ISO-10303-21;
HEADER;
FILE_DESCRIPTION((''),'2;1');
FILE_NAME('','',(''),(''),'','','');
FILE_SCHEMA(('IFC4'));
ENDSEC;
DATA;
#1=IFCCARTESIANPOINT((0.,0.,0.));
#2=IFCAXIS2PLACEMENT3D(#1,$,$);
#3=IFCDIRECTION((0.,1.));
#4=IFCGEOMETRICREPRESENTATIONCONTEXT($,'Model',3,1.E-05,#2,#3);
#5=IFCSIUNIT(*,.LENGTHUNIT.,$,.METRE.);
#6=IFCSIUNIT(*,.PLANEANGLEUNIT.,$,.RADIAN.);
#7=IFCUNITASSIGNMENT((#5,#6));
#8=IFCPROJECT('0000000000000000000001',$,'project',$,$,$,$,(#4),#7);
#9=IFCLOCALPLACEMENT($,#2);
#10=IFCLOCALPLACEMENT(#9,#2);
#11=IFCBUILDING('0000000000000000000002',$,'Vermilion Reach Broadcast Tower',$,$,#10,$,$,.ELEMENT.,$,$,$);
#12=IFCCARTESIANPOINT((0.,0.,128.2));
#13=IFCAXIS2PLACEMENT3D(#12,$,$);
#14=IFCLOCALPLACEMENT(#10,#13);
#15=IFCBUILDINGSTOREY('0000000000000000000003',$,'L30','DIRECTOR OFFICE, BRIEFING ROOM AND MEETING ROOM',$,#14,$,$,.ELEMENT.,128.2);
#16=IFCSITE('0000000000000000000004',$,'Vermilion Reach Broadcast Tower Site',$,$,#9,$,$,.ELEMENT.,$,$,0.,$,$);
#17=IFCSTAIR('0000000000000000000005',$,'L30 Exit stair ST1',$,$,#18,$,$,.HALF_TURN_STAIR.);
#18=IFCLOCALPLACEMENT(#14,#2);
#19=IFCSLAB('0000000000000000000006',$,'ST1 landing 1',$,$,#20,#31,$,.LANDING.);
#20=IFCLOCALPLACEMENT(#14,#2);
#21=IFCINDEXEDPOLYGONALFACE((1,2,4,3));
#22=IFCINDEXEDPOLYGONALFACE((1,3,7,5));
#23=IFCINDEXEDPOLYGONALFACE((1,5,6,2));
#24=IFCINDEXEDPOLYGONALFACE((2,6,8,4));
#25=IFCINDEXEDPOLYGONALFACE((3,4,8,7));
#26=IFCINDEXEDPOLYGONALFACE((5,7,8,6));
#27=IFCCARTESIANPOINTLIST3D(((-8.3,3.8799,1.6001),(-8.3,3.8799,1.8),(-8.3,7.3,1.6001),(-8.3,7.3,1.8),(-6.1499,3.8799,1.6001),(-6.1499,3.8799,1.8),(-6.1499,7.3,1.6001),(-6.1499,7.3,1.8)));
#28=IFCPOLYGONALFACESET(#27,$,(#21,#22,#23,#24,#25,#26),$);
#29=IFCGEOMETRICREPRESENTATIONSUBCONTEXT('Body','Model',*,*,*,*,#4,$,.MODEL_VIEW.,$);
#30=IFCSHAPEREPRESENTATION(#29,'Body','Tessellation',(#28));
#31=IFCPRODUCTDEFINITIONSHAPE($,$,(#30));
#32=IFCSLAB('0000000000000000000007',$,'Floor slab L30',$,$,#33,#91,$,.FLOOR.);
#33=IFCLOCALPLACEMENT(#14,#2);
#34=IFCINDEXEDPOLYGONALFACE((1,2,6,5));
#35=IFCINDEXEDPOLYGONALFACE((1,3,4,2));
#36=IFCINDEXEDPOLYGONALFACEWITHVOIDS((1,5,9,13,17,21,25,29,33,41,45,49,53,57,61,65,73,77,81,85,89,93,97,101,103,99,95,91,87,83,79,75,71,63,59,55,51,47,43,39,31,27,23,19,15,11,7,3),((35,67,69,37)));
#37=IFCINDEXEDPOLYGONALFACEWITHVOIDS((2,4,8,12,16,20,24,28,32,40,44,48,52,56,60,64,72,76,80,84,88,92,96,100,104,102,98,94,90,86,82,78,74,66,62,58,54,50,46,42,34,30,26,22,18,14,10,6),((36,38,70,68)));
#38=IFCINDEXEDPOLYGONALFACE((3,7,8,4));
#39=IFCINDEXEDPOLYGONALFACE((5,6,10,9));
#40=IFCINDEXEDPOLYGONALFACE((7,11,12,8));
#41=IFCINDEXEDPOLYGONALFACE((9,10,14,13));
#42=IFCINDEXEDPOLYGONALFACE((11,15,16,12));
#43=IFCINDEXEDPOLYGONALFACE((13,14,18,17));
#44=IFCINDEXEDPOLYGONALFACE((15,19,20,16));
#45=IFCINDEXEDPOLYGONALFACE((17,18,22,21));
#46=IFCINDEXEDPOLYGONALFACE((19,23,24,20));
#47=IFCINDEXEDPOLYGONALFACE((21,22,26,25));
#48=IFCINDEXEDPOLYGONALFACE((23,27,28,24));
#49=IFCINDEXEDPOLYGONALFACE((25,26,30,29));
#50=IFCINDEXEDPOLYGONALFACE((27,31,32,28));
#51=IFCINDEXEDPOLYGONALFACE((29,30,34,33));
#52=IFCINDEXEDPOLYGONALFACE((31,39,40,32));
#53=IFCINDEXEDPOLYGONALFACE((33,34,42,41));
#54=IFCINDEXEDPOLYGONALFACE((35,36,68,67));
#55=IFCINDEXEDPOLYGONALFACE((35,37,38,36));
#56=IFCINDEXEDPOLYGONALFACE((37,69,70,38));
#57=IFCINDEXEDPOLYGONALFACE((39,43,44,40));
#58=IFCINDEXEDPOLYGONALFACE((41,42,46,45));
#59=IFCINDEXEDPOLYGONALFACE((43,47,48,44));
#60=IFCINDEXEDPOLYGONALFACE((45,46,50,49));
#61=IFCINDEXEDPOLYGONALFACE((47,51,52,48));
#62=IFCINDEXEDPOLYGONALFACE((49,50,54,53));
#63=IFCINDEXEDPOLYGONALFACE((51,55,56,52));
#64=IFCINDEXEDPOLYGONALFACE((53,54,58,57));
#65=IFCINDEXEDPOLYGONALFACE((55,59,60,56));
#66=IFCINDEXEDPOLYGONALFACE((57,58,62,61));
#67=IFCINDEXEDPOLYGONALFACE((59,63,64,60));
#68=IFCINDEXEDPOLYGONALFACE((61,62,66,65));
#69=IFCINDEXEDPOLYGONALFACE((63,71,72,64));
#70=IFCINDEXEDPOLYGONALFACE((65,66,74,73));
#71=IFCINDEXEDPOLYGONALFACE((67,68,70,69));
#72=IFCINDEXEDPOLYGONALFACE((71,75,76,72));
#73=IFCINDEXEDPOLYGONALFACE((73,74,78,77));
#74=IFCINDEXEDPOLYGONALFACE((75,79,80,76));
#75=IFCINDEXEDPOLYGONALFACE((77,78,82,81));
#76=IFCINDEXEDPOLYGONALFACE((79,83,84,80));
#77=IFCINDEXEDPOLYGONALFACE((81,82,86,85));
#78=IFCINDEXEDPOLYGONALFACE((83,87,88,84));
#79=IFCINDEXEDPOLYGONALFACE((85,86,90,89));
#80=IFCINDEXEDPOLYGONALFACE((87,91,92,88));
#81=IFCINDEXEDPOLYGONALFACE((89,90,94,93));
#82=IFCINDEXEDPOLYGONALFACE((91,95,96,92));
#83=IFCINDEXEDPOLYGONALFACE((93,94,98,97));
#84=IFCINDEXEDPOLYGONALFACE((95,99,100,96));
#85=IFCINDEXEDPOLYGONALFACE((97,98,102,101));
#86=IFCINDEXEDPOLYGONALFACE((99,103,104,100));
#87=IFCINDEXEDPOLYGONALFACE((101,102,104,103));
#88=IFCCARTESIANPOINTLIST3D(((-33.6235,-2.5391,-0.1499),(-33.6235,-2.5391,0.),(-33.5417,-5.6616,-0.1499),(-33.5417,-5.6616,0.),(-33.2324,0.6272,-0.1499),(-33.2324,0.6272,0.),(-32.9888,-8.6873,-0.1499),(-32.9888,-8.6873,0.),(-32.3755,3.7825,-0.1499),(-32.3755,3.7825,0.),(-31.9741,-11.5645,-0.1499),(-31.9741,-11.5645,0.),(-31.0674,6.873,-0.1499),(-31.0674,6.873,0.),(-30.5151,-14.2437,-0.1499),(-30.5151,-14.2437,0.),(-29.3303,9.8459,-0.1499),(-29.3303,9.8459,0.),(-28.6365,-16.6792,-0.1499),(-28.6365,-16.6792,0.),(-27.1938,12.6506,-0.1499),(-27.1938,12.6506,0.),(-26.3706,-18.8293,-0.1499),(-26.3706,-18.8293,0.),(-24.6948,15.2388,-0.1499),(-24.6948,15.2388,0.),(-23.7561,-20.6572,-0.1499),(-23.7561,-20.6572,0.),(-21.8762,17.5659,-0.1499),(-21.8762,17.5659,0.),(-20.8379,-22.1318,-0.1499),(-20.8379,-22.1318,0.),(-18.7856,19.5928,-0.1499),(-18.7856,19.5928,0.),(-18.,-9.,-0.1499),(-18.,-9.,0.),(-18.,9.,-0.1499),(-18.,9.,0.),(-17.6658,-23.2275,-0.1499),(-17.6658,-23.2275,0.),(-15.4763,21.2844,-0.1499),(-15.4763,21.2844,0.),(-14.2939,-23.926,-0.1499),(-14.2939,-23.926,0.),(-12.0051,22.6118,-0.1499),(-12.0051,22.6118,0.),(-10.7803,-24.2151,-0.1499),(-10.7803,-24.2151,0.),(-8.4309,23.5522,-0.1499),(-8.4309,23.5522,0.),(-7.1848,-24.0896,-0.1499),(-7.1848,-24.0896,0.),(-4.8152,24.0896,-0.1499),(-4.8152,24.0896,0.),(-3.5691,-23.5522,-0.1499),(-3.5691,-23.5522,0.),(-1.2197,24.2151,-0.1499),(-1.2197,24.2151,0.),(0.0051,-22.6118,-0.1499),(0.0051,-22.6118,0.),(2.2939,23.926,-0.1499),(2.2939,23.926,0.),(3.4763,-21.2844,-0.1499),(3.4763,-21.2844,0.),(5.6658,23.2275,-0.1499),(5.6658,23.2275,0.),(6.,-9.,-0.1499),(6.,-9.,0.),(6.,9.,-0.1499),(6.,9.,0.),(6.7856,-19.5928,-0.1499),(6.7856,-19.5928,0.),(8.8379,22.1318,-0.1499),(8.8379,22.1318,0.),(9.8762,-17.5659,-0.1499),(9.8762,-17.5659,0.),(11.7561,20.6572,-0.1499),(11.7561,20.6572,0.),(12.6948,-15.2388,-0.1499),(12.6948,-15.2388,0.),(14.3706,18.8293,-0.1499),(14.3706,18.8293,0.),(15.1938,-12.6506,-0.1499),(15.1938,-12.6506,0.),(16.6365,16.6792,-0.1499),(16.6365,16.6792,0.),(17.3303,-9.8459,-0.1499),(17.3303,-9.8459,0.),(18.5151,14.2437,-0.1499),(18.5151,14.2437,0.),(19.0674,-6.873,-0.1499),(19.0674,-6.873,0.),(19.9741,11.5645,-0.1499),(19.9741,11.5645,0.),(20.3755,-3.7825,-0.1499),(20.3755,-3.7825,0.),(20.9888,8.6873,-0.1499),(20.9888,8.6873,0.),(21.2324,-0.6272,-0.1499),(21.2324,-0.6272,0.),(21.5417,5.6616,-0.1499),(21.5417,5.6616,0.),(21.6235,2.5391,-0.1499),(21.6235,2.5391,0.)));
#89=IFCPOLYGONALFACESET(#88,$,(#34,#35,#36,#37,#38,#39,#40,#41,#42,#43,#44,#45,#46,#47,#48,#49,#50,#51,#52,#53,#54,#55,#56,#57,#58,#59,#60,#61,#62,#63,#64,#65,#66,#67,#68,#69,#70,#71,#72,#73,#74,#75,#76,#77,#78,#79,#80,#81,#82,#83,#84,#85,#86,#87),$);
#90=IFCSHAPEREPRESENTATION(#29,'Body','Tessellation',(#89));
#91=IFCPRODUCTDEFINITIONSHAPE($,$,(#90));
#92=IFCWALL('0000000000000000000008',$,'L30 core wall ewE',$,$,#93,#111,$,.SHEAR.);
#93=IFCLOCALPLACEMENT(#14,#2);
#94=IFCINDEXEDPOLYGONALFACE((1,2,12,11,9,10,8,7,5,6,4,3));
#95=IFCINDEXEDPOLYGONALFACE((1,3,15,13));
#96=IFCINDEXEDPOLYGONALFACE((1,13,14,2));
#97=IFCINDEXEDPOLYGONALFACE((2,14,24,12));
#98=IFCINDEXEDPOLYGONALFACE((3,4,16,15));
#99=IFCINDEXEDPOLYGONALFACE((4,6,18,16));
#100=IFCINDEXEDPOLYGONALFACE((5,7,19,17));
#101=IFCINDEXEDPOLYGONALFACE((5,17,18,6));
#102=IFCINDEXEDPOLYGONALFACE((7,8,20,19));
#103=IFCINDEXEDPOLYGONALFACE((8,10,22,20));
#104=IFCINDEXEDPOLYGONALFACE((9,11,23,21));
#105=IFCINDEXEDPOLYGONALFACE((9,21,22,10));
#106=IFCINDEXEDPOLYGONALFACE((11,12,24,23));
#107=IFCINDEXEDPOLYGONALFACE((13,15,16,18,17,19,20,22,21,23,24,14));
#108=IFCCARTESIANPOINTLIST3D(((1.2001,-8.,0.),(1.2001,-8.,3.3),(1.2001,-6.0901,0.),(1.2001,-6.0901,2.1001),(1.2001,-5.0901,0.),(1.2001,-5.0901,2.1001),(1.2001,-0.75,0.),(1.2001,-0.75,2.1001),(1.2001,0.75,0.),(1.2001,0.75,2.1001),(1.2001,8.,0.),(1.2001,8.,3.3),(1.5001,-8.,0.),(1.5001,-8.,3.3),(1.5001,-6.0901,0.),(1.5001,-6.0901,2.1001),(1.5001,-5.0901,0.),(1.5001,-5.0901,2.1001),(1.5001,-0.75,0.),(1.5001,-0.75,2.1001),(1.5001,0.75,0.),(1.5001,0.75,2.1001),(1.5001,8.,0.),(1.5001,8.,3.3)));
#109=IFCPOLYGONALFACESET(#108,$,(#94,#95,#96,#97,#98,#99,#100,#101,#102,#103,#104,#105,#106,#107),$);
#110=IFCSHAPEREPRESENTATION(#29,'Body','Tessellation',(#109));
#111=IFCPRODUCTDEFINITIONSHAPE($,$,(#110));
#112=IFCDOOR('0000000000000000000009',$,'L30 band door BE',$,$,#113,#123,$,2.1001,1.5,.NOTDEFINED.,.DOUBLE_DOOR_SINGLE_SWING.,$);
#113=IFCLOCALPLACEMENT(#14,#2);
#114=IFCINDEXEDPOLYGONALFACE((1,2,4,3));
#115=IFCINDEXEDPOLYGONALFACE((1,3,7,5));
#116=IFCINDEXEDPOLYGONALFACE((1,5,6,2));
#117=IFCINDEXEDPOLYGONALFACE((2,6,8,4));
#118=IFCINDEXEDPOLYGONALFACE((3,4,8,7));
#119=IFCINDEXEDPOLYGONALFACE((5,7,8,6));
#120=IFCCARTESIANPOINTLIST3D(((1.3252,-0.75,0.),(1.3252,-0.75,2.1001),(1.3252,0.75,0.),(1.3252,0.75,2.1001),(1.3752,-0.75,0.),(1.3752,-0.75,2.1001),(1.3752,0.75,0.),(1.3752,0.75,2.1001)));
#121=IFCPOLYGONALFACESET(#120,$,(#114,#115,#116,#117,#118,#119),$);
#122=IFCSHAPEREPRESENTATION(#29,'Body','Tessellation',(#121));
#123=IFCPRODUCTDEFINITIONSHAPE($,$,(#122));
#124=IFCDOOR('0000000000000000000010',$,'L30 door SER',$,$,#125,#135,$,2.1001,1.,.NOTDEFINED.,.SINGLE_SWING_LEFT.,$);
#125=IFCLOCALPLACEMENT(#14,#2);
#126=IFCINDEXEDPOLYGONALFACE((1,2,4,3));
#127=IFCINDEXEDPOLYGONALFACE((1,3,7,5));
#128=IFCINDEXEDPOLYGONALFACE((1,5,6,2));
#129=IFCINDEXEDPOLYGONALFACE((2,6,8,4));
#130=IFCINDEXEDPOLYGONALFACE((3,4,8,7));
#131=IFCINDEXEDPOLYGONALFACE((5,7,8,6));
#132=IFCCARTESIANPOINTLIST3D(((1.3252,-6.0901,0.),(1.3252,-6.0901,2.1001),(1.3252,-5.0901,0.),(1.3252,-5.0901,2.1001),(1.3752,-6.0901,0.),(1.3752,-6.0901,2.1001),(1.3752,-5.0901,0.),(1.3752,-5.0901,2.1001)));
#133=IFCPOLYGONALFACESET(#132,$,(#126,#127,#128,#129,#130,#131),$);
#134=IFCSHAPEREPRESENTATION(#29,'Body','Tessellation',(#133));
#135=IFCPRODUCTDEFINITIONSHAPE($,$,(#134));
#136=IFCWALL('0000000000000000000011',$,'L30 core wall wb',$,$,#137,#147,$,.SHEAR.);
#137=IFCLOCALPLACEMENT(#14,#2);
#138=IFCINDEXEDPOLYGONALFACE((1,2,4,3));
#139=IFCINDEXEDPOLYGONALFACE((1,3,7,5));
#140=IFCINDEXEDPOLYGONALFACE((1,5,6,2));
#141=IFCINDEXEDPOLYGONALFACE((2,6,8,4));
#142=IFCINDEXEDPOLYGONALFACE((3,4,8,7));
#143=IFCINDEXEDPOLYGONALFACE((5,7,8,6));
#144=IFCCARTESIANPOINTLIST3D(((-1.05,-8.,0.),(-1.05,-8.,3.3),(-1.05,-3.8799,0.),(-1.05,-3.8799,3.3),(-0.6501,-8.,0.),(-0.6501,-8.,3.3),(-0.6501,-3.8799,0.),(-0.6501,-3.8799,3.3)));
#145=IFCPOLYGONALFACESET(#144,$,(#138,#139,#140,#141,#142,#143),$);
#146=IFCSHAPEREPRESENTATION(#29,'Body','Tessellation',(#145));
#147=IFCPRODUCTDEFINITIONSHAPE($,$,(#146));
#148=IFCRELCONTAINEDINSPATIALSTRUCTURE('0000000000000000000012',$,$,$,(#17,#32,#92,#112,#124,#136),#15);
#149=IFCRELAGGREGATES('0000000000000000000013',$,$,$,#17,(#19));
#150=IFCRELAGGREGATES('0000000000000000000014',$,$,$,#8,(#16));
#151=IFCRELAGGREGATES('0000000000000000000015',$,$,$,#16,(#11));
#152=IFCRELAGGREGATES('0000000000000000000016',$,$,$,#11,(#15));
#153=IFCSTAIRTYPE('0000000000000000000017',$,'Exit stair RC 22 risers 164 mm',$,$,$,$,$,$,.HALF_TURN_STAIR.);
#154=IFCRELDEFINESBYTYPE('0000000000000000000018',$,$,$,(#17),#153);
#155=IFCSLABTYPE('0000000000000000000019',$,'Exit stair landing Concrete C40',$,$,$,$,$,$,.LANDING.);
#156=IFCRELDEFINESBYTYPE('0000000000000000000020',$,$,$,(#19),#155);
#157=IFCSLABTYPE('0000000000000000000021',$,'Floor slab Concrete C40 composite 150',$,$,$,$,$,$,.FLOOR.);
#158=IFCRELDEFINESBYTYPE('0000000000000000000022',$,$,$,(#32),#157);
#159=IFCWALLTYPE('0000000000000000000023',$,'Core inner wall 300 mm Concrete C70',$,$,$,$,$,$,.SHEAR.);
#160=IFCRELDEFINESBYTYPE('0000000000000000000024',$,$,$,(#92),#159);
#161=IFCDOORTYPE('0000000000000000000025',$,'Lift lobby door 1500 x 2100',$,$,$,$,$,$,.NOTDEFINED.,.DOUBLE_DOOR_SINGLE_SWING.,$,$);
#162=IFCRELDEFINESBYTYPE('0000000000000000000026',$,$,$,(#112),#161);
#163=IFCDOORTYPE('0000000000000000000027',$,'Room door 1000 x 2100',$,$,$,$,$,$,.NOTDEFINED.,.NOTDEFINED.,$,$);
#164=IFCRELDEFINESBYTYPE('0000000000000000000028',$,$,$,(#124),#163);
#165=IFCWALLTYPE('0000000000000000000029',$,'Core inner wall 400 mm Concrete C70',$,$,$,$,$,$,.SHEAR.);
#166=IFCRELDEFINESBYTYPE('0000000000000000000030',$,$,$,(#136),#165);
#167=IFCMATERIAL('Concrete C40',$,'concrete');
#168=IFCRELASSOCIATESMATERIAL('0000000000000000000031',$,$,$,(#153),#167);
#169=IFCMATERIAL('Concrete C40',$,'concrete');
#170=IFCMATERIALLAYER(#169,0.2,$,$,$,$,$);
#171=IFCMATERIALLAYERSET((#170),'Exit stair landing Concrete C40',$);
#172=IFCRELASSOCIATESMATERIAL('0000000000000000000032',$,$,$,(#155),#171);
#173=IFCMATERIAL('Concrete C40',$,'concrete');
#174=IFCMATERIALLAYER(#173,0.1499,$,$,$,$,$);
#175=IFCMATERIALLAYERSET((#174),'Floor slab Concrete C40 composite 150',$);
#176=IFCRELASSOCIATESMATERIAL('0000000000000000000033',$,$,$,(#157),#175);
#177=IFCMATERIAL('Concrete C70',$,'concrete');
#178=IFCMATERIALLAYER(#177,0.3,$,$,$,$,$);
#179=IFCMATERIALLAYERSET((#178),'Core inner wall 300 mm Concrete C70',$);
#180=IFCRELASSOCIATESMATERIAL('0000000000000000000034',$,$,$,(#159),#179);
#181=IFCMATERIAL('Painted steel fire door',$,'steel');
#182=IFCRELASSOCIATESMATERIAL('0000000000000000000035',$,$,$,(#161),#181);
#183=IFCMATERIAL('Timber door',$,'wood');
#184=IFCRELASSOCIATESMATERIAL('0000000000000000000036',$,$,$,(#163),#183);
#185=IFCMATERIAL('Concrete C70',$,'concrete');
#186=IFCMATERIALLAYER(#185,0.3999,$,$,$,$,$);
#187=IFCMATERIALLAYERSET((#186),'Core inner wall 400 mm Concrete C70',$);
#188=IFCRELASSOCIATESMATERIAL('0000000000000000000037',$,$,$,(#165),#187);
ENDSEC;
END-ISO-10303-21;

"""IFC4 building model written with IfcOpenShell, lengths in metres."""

from ifc_helpers import new_model, si_unit, direction, frame, frame_2d, origin, place, context, subcontext, project, spatial, polyline, rectangle, outline, extrude, material, layer, layer_set, type_object, element, fill, aggregate, save


model = new_model("IFC4")

# Units and contexts
model_context = context("Model", 3, precision=1e-05, world=origin(), true_north=direction((0.0, 1.0)))
body_context = subcontext(model_context, "Body", "Model", "MODEL_VIEW")
ifc_project = project(units=[si_unit("LENGTHUNIT", "METRE"), si_unit("PLANEANGLEUNIT", "RADIAN")], contexts=[model_context])

# Site, building, storey
site_placement = place(None, origin())
site = spatial("IfcSite", under=ifc_project, at=site_placement, Name="Vermilion Reach Broadcast Tower Site", CompositionType="ELEMENT", RefElevation=0.0)
building_placement = place(site_placement, origin())
building = spatial("IfcBuilding", under=site, at=building_placement, Name="Vermilion Reach Broadcast Tower", CompositionType="ELEMENT")
storey_placement = place(building_placement, frame((0.0, 0.0, 128.2)))
storey = spatial("IfcBuildingStorey", under=building, at=storey_placement, Name="L30", Description="DIRECTOR OFFICE, BRIEFING ROOM AND MEETING ROOM", CompositionType="ELEMENT", Elevation=128.2)

# Stair, slab
ifc_material_1 = material(Name="Concrete C40", Category="concrete")
stair_type = type_object("IfcStairType", Name="Exit stair RC 22 risers 164 mm", PredefinedType="HALF_TURN_STAIR", material=ifc_material_1)
placement_1 = place(storey_placement, origin())
stair_1 = element("IfcStair", 1, at=placement_1, inside=storey, type_object=stair_type, Name="L30 Exit stair ST1", PredefinedType="HALF_TURN_STAIR")
ifc_material_2 = material(Name="Concrete C40", Category="concrete")
ifc_layer_1 = layer(ifc_material_2, 0.2)
ifc_layer_set_1 = layer_set([ifc_layer_1], Name="Exit stair landing Concrete C40")
slab_type_1 = type_object("IfcSlabType", Name="Exit stair landing Concrete C40", PredefinedType="LANDING", material=ifc_layer_set_1)
slab_1_placement = place(storey_placement, frame((0.0, 0.0, 1.6001)))
slab_1 = element("IfcSlab", 2, at=slab_1_placement, type_object=slab_type_1, Name="ST1 landing 1", PredefinedType="LANDING", context=body_context, shape_type="SweptSolid", body=[
    extrude(outline(polyline([(-8.3, 3.8799), (-6.1499, 3.8799), (-6.1499, 7.3), (-8.3, 7.3), (-8.3, 3.8799)])), origin(), (0.0, 0.0, 1.0), 0.2),
])
aggregate(stair_1, [slab_1])

# Slab
ifc_material_3 = material(Name="Concrete C40", Category="concrete")
ifc_layer_2 = layer(ifc_material_3, 0.1499)
ifc_layer_set_2 = layer_set([ifc_layer_2], Name="Floor slab Concrete C40 composite 150")
slab_type_2 = type_object("IfcSlabType", Name="Floor slab Concrete C40 composite 150", PredefinedType="FLOOR", material=ifc_layer_set_2)
slab_2_placement = place(storey_placement, frame((0.0, 0.0, -0.1499)))
element("IfcSlab", 3, at=slab_2_placement, inside=storey, type_object=slab_type_2, Name="Floor slab L30", PredefinedType="FLOOR", context=body_context, shape_type="SweptSolid", body=[
    extrude(outline(polyline([(19.9741, 11.5645), (18.5151, 14.2437), (16.6365, 16.6792), (14.3706, 18.8293), (11.7561, 20.6572), (8.8379, 22.1318), (5.6658, 23.2275), (2.2939, 23.926), (-1.2197, 24.2151), (-4.8152, 24.0896), (-8.4309, 23.5522), (-12.0051, 22.6118), (-15.4763, 21.2844), (-18.7856, 19.5928), (-21.8762, 17.5659), (-24.6948, 15.2388), (-27.1938, 12.6506), (-29.3303, 9.8459), (-31.0674, 6.873), (-32.3755, 3.7825), (-33.2324, 0.6272), (-33.6235, -2.5391), (-33.5417, -5.6616), (-32.9888, -8.6873), (-31.9741, -11.5645), (-30.5151, -14.2437), (-28.6365, -16.6792), (-26.3706, -18.8293), (-23.7561, -20.6572), (-20.8379, -22.1318), (-17.6658, -23.2275), (-14.2939, -23.926), (-10.7803, -24.2151), (-7.1848, -24.0896), (-3.5691, -23.5522), (0.0051, -22.6118), (3.4763, -21.2844), (6.7856, -19.5928), (9.8762, -17.5659), (12.6948, -15.2388), (15.1938, -12.6506), (17.3303, -9.8459), (19.0674, -6.873), (20.3755, -3.7825), (21.2324, -0.6272), (21.6235, 2.5391), (21.5417, 5.6616), (20.9888, 8.6873), (19.9741, 11.5645)]), holes=[polyline([(-18.0, -9.0), (6.0, -9.0), (6.0, 9.0), (-18.0, 9.0), (-18.0, -9.0)])]), origin(), (0.0, 0.0, 1.0), 0.1499),
])

# Wall, openings, doors
ifc_material_4 = material(Name="Concrete C70", Category="concrete")
ifc_layer_3 = layer(ifc_material_4, 0.3)
ifc_layer_set_3 = layer_set([ifc_layer_3], Name="Core inner wall 300 mm Concrete C70")
wall_type_1 = type_object("IfcWallType", Name="Core inner wall 300 mm Concrete C70", PredefinedType="SHEAR", material=ifc_layer_set_3)
wall_1_placement = place(storey_placement, frame((1.3501, -8.0, 0.0), z_axis=(0.0, 0.0, 1.0), x_axis=(0.0, 1.0, 0.0)))
wall_1 = element("IfcWall", 4, at=wall_1_placement, inside=storey, type_object=wall_type_1, Name="L30 core wall ewE", PredefinedType="SHEAR", context=body_context, shape_type="SweptSolid", body=[
    extrude(rectangle(XDim=16.0, YDim=0.3, at=frame_2d((8.0, 0.0))), origin(), (0.0, 0.0, 1.0), 3.3),
])
opening_1_placement = place(wall_1_placement, frame((1.9099, 0.0, 0.0)))
opening_1 = element("IfcOpeningElement", 5, at=opening_1_placement, cuts=wall_1, PredefinedType="OPENING", context=body_context, shape_type="SweptSolid", body=[
    extrude(rectangle(XDim=1.0, YDim=2.1001, at=frame_2d((0.5, 1.05))), frame((0.0, 0.1599, 0.0), z_axis=(0.0, -1.0, 0.0), x_axis=(1.0, 0.0, 0.0)), (0.0, 0.0, 1.0), 0.3201),
])
opening_2_placement = place(wall_1_placement, frame((7.25, 0.0, 0.0)))
opening_2 = element("IfcOpeningElement", 6, at=opening_2_placement, cuts=wall_1, PredefinedType="OPENING", context=body_context, shape_type="SweptSolid", body=[
    extrude(rectangle(XDim=1.5, YDim=2.1001, at=frame_2d((0.75, 1.05))), frame((0.0, 0.1599, 0.0), z_axis=(0.0, -1.0, 0.0), x_axis=(1.0, 0.0, 0.0)), (0.0, 0.0, 1.0), 0.3201),
])
ifc_material_5 = material(Name="Painted steel fire door", Category="steel")
door_type_1 = type_object("IfcDoorType", Name="Lift lobby door 1500 x 2100", OperationType="DOUBLE_DOOR_SINGLE_SWING", PredefinedType="NOTDEFINED", material=ifc_material_5)
door_1_placement = place(opening_2_placement, origin())
door_1 = element("IfcDoor", 7, at=door_1_placement, inside=storey, type_object=door_type_1, Name="L30 band door BE", OperationType="DOUBLE_DOOR_SINGLE_SWING", OverallHeight=2.1001, OverallWidth=1.5, PredefinedType="NOTDEFINED", context=body_context, shape_type="SweptSolid", body=[
    extrude(rectangle(XDim=1.5, YDim=2.1001, at=frame_2d((0.75, 1.05))), frame((0.0, 0.0249, 0.0), z_axis=(0.0, -1.0, 0.0), x_axis=(1.0, 0.0, 0.0)), (0.0, 0.0, 1.0), 0.05),
])
fill(opening_2, door_1)
ifc_material_6 = material(Name="Timber door", Category="wood")
door_type_2 = type_object("IfcDoorType", Name="Room door 1000 x 2100", OperationType="NOTDEFINED", PredefinedType="NOTDEFINED", material=ifc_material_6)
door_2_placement = place(opening_1_placement, origin())
door_2 = element("IfcDoor", 8, at=door_2_placement, inside=storey, type_object=door_type_2, Name="L30 door SER", OperationType="SINGLE_SWING_LEFT", OverallHeight=2.1001, OverallWidth=1.0, PredefinedType="NOTDEFINED", context=body_context, shape_type="SweptSolid", body=[
    extrude(rectangle(XDim=1.0, YDim=2.1001, at=frame_2d((0.5, 1.05))), frame((0.0, 0.0249, 0.0), z_axis=(0.0, -1.0, 0.0), x_axis=(1.0, 0.0, 0.0)), (0.0, 0.0, 1.0), 0.05),
])
fill(opening_1, door_2)

# Wall
ifc_material_7 = material(Name="Concrete C70", Category="concrete")
ifc_layer_4 = layer(ifc_material_7, 0.3999)
ifc_layer_set_4 = layer_set([ifc_layer_4], Name="Core inner wall 400 mm Concrete C70")
wall_type_2 = type_object("IfcWallType", Name="Core inner wall 400 mm Concrete C70", PredefinedType="SHEAR", material=ifc_layer_set_4)
wall_2_placement = place(storey_placement, frame((-0.8501, -3.8799, 0.0), z_axis=(0.0, 0.0, 1.0), x_axis=(0.0, -1.0, 0.0)))
element("IfcWall", 9, at=wall_2_placement, inside=storey, type_object=wall_type_2, Name="L30 core wall wb", PredefinedType="SHEAR", context=body_context, shape_type="SweptSolid", body=[
    extrude(rectangle(XDim=4.1201, YDim=0.3999, at=frame_2d((2.0601, 0.0))), origin(), (0.0, 0.0, 1.0), 3.3),
])

save(model, "model.ifc")
